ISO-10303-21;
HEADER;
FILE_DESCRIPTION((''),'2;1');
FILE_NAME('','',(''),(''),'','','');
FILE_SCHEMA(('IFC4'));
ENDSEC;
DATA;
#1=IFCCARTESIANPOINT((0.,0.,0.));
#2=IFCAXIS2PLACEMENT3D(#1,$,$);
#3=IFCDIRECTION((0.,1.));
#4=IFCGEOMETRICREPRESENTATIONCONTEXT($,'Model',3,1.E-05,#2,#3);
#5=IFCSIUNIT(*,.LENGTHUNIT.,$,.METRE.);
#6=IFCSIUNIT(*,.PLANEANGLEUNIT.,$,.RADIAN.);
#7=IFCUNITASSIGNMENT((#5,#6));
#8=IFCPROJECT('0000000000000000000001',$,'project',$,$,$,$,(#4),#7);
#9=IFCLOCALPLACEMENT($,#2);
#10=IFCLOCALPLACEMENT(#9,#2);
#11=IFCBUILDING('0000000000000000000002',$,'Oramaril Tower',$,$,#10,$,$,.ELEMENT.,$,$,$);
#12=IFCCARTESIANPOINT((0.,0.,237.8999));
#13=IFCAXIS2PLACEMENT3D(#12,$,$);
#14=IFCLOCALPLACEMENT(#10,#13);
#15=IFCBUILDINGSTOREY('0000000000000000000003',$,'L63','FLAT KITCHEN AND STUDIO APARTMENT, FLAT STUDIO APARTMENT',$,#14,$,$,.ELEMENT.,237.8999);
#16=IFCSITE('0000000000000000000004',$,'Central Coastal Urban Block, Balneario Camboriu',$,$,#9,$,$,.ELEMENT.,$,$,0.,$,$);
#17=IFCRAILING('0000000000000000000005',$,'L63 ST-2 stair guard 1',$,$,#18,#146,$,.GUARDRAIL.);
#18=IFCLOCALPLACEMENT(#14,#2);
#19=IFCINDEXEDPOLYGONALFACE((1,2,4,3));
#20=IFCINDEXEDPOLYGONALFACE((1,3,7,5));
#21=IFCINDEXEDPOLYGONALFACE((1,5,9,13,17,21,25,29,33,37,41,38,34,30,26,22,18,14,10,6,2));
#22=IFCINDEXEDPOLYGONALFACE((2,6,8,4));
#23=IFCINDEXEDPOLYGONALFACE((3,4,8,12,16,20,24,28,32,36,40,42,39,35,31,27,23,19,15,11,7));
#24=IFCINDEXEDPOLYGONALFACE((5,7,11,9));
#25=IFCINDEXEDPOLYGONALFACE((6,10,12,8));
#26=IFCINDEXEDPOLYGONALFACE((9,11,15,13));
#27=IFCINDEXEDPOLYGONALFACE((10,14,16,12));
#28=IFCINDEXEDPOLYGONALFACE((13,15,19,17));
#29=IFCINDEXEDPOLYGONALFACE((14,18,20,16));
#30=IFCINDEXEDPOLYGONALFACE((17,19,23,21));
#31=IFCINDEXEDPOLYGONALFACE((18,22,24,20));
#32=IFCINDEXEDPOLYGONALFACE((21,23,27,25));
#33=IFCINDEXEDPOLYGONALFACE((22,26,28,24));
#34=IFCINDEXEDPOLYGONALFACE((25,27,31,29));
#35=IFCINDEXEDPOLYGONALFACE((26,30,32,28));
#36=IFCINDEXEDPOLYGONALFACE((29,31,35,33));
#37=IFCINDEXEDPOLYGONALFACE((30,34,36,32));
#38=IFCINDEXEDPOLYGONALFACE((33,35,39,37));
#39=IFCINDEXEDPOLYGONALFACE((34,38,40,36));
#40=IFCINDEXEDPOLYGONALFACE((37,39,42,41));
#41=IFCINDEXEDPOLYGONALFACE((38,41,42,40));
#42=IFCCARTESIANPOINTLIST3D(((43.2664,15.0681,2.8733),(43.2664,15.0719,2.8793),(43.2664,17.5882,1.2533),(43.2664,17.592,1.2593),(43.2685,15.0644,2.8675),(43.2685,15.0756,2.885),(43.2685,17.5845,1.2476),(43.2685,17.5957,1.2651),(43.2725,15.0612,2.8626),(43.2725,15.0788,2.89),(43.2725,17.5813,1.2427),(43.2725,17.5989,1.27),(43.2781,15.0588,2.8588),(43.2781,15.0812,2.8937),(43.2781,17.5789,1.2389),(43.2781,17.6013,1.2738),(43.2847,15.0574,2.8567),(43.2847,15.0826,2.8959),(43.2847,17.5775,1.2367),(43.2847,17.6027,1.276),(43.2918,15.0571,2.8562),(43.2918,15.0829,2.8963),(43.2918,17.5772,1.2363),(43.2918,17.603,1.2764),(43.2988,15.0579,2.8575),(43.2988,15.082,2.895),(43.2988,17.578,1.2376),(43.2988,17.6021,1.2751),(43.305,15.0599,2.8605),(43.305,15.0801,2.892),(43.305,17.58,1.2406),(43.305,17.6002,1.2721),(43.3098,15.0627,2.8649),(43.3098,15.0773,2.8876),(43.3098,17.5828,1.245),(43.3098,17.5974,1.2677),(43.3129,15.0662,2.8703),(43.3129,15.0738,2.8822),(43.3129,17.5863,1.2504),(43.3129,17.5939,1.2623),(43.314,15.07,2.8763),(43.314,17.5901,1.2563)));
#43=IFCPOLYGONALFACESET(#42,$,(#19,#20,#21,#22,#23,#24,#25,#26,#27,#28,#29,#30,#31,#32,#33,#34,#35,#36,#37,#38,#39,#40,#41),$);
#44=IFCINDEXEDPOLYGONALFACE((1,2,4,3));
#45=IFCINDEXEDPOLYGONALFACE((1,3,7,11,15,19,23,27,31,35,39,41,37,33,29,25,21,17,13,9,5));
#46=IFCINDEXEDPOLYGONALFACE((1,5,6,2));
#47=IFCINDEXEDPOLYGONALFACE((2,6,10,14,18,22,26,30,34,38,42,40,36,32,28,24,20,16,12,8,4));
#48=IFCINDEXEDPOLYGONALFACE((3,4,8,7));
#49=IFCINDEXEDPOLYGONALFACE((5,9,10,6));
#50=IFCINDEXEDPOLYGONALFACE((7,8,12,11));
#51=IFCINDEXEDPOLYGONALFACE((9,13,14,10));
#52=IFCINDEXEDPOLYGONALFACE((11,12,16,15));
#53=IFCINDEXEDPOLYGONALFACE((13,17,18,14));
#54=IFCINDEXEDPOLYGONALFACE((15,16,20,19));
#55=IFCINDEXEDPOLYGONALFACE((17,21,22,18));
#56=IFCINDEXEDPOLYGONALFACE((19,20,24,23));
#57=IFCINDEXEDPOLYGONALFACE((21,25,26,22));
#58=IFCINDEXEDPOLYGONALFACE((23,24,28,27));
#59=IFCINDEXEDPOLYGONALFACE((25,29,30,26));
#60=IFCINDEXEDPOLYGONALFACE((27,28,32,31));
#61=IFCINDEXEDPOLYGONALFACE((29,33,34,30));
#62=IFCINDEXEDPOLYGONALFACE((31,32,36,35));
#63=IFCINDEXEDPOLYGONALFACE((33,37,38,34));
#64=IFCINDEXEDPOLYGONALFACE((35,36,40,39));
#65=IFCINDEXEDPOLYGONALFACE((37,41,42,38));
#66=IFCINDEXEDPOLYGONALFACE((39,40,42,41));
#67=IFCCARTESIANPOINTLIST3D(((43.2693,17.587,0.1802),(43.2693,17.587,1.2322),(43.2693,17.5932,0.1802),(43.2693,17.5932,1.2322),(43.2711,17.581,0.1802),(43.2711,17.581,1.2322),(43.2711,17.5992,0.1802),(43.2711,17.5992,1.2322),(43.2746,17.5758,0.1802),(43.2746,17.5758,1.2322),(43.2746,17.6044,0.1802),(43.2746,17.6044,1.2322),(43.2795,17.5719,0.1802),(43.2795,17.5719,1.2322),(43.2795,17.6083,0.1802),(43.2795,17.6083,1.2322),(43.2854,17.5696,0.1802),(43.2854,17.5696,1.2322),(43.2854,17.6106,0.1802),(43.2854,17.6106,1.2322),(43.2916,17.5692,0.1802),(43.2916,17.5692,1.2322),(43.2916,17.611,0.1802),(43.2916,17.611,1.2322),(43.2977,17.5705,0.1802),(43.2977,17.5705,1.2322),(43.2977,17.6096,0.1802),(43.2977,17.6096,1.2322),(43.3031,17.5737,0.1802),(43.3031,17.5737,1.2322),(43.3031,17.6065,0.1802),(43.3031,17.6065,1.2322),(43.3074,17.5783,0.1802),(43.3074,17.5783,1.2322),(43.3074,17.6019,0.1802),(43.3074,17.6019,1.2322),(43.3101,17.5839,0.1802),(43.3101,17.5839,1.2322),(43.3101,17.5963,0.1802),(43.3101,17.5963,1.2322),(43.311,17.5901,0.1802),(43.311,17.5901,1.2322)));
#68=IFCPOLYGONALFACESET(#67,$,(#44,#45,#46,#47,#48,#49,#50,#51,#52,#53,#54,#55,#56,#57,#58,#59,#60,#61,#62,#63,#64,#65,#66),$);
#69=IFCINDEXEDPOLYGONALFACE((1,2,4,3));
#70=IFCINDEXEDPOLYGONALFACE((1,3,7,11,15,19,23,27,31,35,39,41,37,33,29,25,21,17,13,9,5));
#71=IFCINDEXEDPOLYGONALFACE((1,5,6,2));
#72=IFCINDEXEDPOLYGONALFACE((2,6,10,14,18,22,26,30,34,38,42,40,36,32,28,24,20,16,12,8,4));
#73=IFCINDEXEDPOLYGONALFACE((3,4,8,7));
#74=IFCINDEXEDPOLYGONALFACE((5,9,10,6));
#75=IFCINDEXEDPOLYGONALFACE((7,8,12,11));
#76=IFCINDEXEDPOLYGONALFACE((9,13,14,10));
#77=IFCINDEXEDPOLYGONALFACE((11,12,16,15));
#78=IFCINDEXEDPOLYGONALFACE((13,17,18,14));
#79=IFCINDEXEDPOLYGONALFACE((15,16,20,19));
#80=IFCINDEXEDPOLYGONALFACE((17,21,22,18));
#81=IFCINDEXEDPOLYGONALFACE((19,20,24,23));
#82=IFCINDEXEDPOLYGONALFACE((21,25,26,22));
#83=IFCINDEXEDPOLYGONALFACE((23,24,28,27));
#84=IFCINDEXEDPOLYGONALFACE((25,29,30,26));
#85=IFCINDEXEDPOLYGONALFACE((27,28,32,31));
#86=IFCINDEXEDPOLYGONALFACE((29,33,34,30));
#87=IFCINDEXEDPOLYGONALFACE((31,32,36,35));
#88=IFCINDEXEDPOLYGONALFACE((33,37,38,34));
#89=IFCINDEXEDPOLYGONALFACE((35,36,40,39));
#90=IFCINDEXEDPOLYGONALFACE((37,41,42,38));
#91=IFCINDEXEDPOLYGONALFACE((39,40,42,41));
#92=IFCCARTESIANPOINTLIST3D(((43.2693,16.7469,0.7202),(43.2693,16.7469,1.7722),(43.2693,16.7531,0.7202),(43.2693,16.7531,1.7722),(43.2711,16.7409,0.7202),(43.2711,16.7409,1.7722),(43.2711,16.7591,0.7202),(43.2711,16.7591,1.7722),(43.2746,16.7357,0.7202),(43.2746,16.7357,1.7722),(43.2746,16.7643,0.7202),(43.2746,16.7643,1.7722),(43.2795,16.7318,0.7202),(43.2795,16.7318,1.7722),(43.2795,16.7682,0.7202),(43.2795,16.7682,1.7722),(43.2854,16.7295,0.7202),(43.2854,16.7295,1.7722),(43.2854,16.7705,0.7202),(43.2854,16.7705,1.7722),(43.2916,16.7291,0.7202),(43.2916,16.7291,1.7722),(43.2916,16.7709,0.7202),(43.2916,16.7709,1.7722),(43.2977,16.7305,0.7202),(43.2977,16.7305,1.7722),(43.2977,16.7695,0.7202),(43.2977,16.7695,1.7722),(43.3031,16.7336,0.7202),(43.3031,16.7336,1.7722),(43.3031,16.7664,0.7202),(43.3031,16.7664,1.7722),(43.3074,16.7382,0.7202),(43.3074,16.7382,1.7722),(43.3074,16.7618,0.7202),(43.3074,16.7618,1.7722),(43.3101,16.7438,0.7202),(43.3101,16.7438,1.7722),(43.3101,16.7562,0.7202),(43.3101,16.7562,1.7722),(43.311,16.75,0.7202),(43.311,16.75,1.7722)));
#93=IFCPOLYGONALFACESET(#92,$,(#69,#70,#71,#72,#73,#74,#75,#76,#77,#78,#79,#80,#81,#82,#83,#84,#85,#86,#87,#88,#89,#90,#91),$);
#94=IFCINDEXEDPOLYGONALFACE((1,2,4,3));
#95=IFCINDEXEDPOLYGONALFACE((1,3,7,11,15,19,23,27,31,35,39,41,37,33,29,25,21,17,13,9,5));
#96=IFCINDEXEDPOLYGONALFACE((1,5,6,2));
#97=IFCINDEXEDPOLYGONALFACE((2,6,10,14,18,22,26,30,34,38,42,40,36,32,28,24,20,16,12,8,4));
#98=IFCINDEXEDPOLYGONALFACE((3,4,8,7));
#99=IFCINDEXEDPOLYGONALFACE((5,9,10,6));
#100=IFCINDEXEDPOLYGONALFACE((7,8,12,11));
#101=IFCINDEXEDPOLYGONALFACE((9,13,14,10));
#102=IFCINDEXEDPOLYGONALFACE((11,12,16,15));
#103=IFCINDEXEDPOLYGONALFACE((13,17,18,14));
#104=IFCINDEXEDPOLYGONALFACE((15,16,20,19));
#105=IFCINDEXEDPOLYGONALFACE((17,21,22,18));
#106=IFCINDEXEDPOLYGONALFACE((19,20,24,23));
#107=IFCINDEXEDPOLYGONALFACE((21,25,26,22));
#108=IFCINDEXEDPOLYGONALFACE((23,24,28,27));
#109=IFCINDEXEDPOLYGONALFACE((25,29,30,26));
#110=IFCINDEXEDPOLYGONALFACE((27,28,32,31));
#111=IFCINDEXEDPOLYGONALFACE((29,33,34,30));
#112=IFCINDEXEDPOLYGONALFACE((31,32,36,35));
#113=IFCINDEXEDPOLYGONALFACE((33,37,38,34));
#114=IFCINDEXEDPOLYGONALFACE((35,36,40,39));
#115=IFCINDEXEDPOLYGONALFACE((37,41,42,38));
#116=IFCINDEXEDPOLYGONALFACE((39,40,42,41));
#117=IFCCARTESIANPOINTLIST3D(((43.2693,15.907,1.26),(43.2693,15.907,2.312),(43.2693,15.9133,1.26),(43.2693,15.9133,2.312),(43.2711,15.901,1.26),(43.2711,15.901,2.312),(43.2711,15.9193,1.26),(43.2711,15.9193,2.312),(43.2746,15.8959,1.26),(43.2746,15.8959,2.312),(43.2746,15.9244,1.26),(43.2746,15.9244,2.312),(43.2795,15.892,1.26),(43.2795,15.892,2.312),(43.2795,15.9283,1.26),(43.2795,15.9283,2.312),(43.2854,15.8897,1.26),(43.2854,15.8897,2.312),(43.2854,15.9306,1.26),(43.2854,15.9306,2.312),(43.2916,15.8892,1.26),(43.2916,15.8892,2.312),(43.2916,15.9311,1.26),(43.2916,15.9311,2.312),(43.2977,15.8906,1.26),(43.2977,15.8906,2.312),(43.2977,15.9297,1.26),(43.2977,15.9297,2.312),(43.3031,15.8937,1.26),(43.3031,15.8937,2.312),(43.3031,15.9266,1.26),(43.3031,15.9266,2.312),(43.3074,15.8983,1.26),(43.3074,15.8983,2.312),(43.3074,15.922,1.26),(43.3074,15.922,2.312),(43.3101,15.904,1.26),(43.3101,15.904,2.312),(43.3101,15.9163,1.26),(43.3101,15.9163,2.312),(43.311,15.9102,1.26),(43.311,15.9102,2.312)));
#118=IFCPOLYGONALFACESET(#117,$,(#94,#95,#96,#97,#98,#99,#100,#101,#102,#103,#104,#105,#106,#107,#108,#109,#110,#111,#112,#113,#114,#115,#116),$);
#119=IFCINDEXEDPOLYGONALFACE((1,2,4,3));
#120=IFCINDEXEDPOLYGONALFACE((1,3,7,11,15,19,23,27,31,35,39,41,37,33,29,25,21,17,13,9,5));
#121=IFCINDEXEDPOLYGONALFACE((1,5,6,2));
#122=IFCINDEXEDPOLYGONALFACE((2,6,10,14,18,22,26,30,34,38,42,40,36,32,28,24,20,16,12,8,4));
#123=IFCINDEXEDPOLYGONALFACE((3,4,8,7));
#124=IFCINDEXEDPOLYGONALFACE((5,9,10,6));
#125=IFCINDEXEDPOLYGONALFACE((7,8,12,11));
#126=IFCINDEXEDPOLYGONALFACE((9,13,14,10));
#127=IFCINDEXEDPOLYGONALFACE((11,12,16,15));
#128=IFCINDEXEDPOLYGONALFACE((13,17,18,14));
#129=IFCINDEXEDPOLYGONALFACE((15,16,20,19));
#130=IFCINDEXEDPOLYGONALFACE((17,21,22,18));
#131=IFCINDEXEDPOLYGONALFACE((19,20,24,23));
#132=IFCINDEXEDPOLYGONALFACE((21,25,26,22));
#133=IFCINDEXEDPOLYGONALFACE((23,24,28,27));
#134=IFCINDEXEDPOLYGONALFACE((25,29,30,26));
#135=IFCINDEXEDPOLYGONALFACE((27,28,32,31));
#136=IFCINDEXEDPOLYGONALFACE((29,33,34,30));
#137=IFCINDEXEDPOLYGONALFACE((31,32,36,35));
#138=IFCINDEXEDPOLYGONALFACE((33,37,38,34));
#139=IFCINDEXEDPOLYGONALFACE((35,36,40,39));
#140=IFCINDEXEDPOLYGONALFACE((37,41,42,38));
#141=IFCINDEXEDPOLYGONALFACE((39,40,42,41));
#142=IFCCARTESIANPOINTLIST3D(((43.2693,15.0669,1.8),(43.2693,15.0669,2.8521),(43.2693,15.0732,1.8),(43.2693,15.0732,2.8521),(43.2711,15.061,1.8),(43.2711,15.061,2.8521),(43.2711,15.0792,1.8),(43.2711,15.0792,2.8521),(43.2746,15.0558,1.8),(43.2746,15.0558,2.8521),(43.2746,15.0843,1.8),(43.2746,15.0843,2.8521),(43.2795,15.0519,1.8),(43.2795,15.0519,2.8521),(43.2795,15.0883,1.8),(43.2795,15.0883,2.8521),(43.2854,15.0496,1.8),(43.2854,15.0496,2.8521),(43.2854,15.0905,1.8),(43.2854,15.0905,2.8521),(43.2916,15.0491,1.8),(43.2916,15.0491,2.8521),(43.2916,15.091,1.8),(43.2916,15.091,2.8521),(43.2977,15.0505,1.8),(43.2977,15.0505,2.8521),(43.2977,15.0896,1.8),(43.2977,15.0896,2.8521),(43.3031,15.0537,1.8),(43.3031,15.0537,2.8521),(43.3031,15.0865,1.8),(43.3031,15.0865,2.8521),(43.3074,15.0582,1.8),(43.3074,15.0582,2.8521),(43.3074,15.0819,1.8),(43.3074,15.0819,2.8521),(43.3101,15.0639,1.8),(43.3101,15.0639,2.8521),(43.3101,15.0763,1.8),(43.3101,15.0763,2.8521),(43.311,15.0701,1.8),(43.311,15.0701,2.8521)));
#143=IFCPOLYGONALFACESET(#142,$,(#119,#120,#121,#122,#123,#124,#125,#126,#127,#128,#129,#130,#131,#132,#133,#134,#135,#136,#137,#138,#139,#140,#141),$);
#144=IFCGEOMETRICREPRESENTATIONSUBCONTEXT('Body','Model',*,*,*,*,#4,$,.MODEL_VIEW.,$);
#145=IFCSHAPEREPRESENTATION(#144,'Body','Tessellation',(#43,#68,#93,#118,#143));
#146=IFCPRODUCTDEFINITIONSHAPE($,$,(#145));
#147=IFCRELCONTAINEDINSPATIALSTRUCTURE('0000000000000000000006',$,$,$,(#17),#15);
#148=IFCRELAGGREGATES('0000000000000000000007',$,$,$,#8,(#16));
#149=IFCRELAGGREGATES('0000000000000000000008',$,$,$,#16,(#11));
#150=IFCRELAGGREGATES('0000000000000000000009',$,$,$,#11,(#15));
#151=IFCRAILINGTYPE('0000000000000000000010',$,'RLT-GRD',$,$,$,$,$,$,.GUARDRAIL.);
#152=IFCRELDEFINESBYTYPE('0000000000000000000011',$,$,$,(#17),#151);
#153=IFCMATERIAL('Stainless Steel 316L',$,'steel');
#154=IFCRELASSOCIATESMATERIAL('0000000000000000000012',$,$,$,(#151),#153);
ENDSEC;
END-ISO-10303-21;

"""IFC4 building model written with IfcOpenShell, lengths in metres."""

from ifc_helpers import new_model, si_unit, direction, frame, origin, origin_2d, place, context, subcontext, project, spatial, circle, extrude, material, type_object, element, save


model = new_model("IFC4")

# Units and contexts
model_context = context("Model", 3, precision=1e-05, world=origin(), true_north=direction((0.0, 1.0)))
body_context = subcontext(model_context, "Body", "Model", "MODEL_VIEW")
ifc_project = project(units=[si_unit("LENGTHUNIT", "METRE"), si_unit("PLANEANGLEUNIT", "RADIAN")], contexts=[model_context])

# Site, building, storey
site_placement = place(None, origin())
site = spatial("IfcSite", under=ifc_project, at=site_placement, Name="Central Coastal Urban Block, Balneario Camboriu", CompositionType="ELEMENT", RefElevation=0.0)
building_placement = place(site_placement, origin())
building = spatial("IfcBuilding", under=site, at=building_placement, Name="Oramaril Tower", CompositionType="ELEMENT")
storey_placement = place(building_placement, frame((0.0, 0.0, 237.8999)))
storey = spatial("IfcBuildingStorey", under=building, at=storey_placement, Name="L63", Description="FLAT KITCHEN AND STUDIO APARTMENT, FLAT STUDIO APARTMENT", CompositionType="ELEMENT", Elevation=237.8999)

# Railing
ifc_material_1 = material(Name="Stainless Steel 316L", Category="steel")
railing_type = type_object("IfcRailingType", Name="RLT-GRD", PredefinedType="GUARDRAIL", material=ifc_material_1)
railing_1_placement = place(storey_placement, frame((43.29, 17.5901, 0.1802)))
element("IfcRailing", 1, at=railing_1_placement, inside=storey, type_object=railing_type, Name="L63 ST-2 stair guard 1", PredefinedType="GUARDRAIL", context=body_context, shape_type="SweptSolid", body=[
    extrude(circle(Radius=0.0239, at=origin_2d()), frame((0.0, 0.0, 1.0762), z_axis=(0.0, -0.8412, 0.540725), x_axis=(1.0, 0.0, 0.0)), (0.0, 0.0, 1.0), 2.9958),
    extrude(circle(Radius=0.021, at=origin_2d()), origin(), (0.0, 0.0, 1.0), 1.052),
    extrude(circle(Radius=0.021, at=origin_2d()), frame((0.0, -0.8401, 0.54)), (0.0, 0.0, 1.0), 1.052),
    extrude(circle(Radius=0.021, at=origin_2d()), frame((0.0, -1.6799, 1.0798)), (0.0, 0.0, 1.0), 1.052),
    extrude(circle(Radius=0.021, at=origin_2d()), frame((0.0, -2.52, 1.6199)), (0.0, 0.0, 1.0), 1.052),
])

save(model, "model.ifc")
